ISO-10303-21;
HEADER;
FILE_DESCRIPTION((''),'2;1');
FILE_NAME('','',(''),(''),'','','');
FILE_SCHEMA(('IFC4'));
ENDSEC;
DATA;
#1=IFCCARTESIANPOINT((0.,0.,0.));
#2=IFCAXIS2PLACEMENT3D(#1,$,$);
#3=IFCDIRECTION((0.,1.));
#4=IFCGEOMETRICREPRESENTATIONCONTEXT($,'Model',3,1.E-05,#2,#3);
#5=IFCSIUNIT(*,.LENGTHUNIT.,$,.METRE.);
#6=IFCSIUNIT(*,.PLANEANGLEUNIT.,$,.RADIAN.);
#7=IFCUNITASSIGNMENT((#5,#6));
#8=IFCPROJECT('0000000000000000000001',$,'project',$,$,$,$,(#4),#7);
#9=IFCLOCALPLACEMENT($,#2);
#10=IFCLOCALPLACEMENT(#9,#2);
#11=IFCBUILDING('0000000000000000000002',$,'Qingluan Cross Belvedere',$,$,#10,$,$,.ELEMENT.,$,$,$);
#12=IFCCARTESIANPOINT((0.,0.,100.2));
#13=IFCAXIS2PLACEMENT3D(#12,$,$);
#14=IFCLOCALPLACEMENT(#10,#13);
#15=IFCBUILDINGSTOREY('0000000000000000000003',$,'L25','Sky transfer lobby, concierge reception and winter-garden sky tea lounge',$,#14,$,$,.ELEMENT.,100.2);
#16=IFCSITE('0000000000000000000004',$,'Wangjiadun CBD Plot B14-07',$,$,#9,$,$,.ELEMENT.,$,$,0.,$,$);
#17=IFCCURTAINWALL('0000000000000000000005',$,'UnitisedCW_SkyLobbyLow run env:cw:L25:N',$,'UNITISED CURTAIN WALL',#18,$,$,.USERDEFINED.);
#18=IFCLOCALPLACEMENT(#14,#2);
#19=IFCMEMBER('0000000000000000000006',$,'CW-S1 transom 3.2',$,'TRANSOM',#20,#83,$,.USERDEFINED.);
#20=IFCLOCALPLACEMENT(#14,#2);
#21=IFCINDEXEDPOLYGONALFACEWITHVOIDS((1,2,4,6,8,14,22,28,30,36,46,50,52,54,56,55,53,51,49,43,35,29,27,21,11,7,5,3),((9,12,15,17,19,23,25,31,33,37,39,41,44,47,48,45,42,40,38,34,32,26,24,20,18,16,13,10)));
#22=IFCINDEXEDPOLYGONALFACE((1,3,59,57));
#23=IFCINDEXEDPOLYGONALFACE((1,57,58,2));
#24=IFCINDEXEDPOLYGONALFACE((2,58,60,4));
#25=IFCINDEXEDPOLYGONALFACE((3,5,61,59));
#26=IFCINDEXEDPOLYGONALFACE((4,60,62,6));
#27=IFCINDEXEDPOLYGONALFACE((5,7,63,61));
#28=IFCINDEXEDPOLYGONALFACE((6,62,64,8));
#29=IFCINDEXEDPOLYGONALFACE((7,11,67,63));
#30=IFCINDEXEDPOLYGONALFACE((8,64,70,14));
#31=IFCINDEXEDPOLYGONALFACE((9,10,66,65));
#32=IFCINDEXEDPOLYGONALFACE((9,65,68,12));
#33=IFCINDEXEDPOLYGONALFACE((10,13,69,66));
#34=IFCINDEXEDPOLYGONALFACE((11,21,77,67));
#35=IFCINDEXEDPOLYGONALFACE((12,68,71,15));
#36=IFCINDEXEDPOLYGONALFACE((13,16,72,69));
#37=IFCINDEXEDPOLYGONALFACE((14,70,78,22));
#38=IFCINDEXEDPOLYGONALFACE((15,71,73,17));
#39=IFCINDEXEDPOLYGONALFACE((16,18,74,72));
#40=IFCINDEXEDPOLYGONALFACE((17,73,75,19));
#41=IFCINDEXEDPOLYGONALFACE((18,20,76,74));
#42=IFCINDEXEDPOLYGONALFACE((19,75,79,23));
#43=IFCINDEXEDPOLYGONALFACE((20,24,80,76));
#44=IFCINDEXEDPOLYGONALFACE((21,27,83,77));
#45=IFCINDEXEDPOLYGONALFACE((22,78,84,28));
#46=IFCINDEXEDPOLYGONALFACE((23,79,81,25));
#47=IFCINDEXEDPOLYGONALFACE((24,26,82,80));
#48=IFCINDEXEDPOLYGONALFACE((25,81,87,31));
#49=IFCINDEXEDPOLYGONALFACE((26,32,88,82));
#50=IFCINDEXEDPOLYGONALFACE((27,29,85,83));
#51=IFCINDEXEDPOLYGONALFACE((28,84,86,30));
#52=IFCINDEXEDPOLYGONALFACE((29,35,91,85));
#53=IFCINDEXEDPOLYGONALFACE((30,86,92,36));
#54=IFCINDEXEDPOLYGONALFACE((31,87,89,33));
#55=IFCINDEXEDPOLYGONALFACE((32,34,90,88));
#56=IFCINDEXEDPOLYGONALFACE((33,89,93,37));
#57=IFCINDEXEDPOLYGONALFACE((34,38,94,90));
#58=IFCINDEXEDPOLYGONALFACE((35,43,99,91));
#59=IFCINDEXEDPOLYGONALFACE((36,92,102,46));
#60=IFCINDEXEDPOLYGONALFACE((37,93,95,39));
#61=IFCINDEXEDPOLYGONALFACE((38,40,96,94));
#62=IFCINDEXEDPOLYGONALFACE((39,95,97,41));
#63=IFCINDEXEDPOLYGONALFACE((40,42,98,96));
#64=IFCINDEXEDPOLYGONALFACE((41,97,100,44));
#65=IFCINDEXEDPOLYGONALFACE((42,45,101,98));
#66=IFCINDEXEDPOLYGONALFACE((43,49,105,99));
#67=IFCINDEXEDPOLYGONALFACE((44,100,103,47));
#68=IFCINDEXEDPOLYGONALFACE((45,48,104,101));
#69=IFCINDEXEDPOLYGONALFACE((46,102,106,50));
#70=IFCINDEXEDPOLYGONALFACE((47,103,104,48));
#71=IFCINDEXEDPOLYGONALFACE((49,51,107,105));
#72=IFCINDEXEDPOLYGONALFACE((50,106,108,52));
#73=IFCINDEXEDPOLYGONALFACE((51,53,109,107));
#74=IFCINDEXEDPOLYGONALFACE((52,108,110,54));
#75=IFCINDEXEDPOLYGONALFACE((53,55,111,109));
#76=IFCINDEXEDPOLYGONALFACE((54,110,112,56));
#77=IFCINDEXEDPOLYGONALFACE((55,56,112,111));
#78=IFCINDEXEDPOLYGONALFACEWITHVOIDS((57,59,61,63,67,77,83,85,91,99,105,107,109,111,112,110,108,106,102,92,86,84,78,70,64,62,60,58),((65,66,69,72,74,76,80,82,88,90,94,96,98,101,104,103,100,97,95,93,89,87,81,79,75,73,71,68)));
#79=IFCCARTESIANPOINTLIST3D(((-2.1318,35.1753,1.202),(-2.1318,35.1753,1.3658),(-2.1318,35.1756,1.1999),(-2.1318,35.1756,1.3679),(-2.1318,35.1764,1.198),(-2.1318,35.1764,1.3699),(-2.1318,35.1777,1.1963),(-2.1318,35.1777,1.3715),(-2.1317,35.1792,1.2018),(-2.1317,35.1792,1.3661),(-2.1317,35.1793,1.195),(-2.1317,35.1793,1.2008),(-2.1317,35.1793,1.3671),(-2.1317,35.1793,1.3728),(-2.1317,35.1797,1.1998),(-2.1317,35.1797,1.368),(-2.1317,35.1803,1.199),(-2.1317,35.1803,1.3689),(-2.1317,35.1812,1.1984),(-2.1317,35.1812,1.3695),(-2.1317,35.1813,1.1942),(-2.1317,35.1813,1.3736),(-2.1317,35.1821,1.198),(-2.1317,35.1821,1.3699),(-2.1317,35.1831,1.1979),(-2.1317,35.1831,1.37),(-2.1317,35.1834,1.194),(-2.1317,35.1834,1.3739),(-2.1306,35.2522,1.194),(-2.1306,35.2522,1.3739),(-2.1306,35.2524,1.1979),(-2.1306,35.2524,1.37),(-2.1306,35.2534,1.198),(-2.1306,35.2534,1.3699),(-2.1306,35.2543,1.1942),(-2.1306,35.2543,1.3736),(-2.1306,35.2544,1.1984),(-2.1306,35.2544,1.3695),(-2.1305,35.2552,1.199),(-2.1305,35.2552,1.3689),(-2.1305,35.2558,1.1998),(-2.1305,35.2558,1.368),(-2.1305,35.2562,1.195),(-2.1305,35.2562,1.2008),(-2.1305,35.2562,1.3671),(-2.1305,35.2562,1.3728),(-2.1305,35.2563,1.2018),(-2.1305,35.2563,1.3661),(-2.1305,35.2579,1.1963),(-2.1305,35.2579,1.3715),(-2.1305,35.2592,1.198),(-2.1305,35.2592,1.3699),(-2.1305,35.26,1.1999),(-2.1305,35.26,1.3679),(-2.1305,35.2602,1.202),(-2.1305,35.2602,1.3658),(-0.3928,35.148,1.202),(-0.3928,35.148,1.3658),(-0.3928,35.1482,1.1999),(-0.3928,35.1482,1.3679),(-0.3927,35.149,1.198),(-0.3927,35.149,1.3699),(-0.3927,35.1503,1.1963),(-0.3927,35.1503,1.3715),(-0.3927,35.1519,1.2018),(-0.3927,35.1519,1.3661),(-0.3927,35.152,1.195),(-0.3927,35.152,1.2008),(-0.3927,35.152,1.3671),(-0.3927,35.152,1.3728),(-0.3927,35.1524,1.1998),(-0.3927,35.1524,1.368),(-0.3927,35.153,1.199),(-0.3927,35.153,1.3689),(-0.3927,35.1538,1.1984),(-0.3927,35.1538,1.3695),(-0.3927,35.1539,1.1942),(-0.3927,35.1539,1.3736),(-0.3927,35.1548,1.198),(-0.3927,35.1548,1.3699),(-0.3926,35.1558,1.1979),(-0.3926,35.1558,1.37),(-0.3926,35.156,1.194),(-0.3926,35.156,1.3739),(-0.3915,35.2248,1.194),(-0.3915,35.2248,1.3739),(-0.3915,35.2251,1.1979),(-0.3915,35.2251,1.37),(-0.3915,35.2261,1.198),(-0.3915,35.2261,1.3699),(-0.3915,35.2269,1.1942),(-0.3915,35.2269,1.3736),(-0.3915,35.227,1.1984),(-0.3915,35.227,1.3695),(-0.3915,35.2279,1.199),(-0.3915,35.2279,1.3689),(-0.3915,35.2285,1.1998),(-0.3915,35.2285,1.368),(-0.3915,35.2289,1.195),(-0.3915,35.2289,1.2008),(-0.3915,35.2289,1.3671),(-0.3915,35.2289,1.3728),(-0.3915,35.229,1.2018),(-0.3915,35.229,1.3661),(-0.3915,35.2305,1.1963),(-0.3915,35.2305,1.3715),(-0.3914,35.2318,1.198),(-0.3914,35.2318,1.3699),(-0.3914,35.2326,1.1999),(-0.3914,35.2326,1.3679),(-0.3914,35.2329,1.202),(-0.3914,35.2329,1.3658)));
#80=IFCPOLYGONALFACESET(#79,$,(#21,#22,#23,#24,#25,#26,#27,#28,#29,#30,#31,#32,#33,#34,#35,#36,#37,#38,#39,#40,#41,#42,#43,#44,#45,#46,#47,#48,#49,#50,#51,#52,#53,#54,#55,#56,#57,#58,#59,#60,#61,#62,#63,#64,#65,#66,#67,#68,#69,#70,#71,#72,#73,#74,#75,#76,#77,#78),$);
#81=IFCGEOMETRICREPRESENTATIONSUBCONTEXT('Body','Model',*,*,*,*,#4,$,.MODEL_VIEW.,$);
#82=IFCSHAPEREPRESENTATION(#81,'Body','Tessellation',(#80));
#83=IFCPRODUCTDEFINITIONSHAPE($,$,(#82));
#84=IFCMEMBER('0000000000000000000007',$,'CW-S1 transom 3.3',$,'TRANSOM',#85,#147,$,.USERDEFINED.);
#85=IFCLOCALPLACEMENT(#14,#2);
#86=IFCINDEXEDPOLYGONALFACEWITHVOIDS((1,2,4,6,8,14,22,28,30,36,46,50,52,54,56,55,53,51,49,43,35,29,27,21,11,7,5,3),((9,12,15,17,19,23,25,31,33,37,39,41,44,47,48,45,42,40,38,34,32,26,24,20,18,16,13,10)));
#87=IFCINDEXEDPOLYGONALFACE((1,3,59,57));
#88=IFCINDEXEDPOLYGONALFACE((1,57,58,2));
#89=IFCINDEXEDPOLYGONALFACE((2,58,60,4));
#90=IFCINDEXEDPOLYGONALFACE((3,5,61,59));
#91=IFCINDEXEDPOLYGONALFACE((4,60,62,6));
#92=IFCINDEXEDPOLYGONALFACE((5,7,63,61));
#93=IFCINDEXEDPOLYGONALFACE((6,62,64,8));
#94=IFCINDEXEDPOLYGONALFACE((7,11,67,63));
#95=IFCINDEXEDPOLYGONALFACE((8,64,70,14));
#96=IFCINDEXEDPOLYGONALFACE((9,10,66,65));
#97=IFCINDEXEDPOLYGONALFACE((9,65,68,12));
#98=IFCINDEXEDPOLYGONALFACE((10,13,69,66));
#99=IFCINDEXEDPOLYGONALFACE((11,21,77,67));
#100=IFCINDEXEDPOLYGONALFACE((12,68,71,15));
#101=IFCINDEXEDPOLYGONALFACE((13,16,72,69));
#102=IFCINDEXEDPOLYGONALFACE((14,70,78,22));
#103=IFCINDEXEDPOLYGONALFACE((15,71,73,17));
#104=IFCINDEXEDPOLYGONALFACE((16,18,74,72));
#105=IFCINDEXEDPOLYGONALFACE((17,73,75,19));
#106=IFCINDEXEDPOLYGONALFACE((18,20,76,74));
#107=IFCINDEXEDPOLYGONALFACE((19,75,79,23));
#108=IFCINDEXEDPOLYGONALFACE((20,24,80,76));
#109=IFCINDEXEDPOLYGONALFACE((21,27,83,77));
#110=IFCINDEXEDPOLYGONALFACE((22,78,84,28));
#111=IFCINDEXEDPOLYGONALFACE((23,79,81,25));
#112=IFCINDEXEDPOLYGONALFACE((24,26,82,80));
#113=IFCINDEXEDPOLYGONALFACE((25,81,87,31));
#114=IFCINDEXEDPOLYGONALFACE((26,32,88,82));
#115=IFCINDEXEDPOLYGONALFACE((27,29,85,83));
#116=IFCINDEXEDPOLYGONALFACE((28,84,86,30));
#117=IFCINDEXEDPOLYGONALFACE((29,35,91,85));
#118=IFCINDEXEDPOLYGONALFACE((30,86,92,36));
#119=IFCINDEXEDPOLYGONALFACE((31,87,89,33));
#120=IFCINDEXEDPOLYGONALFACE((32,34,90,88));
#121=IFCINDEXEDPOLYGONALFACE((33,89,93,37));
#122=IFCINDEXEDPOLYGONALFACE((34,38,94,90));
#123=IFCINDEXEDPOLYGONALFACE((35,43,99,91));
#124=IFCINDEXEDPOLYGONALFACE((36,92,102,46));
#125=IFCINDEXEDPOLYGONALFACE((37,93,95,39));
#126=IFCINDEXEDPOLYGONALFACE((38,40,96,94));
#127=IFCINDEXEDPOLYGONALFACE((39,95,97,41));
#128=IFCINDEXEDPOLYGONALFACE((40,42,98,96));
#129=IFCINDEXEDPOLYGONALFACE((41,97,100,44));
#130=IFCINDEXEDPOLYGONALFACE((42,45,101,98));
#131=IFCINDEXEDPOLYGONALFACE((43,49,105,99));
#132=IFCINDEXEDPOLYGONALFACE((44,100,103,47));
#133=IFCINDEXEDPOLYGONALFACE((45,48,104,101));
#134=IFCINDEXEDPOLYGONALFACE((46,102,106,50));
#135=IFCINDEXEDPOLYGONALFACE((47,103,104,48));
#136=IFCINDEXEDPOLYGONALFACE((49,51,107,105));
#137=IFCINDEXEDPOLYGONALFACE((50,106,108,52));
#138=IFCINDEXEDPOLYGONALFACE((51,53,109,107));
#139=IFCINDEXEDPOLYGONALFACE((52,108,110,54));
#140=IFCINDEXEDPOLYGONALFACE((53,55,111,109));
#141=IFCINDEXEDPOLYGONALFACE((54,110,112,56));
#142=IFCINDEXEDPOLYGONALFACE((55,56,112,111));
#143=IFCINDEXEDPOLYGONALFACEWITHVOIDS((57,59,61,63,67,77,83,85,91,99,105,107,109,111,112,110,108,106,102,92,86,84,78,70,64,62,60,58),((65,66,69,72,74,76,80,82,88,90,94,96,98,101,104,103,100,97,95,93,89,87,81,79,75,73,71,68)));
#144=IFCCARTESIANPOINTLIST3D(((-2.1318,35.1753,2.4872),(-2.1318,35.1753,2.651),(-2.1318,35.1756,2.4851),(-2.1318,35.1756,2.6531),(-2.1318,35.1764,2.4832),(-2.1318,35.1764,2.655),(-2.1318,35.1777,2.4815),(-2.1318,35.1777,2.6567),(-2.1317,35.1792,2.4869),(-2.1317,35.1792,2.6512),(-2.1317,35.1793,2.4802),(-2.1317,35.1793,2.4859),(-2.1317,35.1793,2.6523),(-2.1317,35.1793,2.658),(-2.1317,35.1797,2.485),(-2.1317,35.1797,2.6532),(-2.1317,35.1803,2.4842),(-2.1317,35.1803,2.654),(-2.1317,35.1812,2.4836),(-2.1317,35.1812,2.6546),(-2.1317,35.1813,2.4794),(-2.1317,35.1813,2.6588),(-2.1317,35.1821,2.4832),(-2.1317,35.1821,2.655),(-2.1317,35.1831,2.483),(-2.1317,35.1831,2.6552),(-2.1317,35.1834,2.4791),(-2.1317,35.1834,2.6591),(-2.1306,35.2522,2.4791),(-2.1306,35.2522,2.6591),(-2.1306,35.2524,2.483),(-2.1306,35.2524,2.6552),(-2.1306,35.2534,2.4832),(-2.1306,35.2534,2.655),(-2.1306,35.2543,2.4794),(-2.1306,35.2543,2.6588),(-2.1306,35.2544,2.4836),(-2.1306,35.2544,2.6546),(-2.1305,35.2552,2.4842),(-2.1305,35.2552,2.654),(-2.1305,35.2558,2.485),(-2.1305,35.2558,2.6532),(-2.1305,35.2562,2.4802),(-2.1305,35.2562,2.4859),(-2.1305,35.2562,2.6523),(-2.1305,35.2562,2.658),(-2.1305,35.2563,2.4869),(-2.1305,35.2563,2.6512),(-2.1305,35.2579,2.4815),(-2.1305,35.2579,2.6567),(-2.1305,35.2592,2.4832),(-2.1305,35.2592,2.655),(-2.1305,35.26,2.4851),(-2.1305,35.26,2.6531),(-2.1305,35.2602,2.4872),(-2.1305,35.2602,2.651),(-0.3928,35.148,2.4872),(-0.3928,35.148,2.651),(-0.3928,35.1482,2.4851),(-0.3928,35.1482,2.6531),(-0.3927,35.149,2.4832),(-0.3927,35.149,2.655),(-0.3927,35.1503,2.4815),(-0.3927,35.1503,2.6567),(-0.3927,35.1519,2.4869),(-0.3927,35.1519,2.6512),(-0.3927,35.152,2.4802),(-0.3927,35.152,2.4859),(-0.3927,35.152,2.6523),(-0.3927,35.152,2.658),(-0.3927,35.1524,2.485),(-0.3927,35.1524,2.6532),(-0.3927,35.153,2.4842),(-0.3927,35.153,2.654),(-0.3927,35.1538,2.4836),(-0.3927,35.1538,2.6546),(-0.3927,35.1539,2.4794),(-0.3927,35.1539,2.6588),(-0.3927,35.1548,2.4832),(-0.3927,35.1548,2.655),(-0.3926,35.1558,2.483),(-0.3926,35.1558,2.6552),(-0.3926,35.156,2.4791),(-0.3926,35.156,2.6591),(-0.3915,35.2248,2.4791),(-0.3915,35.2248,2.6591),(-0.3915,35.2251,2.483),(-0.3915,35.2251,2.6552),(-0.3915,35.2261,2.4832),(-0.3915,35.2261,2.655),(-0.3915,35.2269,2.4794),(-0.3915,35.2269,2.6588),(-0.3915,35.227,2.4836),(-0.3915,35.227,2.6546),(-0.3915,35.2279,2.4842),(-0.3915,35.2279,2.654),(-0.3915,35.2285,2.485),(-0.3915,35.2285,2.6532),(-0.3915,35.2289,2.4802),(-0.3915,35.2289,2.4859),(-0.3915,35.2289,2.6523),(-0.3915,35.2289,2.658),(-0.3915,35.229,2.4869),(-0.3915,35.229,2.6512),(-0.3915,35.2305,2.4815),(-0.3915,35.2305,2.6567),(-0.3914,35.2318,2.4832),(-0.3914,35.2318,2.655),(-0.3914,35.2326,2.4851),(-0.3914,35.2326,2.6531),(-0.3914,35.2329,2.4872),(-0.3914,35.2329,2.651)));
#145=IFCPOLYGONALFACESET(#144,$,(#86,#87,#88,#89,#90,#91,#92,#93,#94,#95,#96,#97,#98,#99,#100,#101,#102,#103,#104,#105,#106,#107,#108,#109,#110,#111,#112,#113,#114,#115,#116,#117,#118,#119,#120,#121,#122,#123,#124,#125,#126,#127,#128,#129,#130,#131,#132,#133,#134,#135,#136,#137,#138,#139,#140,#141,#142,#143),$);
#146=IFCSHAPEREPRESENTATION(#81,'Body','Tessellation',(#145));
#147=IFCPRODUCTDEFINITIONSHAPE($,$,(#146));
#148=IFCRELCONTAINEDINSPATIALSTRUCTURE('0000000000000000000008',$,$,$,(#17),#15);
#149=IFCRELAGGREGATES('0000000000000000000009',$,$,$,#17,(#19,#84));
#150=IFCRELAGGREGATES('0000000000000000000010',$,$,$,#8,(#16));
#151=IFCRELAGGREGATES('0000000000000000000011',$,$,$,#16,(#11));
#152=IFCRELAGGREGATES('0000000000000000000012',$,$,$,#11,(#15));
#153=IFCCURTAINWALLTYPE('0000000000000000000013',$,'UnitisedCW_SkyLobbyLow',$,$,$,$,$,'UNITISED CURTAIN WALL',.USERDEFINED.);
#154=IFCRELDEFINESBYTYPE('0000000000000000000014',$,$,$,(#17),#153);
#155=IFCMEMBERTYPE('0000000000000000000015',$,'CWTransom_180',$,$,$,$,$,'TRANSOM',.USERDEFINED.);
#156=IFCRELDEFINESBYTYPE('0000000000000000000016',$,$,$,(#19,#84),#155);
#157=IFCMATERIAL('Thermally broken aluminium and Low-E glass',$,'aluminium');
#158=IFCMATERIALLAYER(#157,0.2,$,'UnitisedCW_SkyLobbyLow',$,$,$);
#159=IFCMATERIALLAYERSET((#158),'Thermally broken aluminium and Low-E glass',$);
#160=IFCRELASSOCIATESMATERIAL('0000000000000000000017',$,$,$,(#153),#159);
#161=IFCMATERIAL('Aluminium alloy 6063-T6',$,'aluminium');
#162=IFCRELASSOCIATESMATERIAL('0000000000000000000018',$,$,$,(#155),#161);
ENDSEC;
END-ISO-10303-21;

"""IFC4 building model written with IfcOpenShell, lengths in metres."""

from ifc_helpers import new_model, si_unit, direction, frame, origin, origin_2d, place, context, subcontext, project, spatial, hollow_rectangle, extrude, material, layer, layer_set, material_profile, profile_set, type_object, element, aggregate, save


model = new_model("IFC4")

# Units and contexts
model_context = context("Model", 3, precision=1e-05, world=origin(), true_north=direction((0.0, 1.0)))
body_context = subcontext(model_context, "Body", "Model", "MODEL_VIEW")
ifc_project = project(units=[si_unit("LENGTHUNIT", "METRE"), si_unit("PLANEANGLEUNIT", "RADIAN")], contexts=[model_context])

# Site, building, storey
site_placement = place(None, origin())
site = spatial("IfcSite", under=ifc_project, at=site_placement, Name="Wangjiadun CBD Plot B14-07", CompositionType="ELEMENT", RefElevation=0.0)
building_placement = place(site_placement, origin())
building = spatial("IfcBuilding", under=site, at=building_placement, Name="Qingluan Cross Belvedere", CompositionType="ELEMENT")
storey_placement = place(building_placement, frame((0.0, 0.0, 100.2)))
storey = spatial("IfcBuildingStorey", under=building, at=storey_placement, Name="L25", Description="Sky transfer lobby, concierge reception and winter-garden sky tea lounge", CompositionType="ELEMENT", Elevation=100.2)

# Curtain wall, members
ifc_material_1 = material(Name="Thermally broken aluminium and Low-E glass", Category="aluminium")
ifc_layer_1 = layer(ifc_material_1, 0.2, Name="UnitisedCW_SkyLobbyLow")
ifc_layer_set_1 = layer_set([ifc_layer_1], Name="Thermally broken aluminium and Low-E glass")
curtain_wall_type = type_object("IfcCurtainWallType", Name="UnitisedCW_SkyLobbyLow", ElementType="UNITISED CURTAIN WALL", PredefinedType="USERDEFINED", material=ifc_layer_set_1)
curtain_wall_placement = place(storey_placement, origin())
curtain_wall = element("IfcCurtainWall", 1, at=curtain_wall_placement, inside=storey, type_object=curtain_wall_type, Name="UnitisedCW_SkyLobbyLow run env:cw:L25:N", ObjectType="UNITISED CURTAIN WALL", PredefinedType="USERDEFINED")
ifc_material_2 = material(Name="Aluminium alloy 6063-T6", Category="aluminium")
ifc_material_profile_1 = material_profile(ifc_material_2, hollow_rectangle(XDim=0.085, YDim=0.1799, WallThickness=0.0039, InnerFilletRadius=0.0039, OuterFilletRadius=0.0081, at=origin_2d()), Name="CWT180x85x4")
ifc_profile_set_1 = profile_set([ifc_material_profile_1], Name="Aluminium alloy 6063-T6")
member_type_1 = type_object("IfcMemberType", Name="CWTransom_180", ElementType="TRANSOM", PredefinedType="USERDEFINED", material=ifc_profile_set_1)
member_1_placement = place(storey_placement, frame((-0.3921, 35.1904, 1.2839), z_axis=(-0.999876, 0.015722, 0.0), x_axis=(-0.015722, -0.999876, 0.0)))
member_1 = element("IfcMember", 2, at=member_1_placement, type_object=member_type_1, Name="CW-S1 transom 3.2", ObjectType="TRANSOM", PredefinedType="USERDEFINED", context=body_context, shape_type="SweptSolid", body=[
    extrude(hollow_rectangle(XDim=0.085, YDim=0.1799, WallThickness=0.0039, InnerFilletRadius=0.0039, OuterFilletRadius=0.0081, at=origin_2d()), origin(), (0.0, 0.0, 1.0), 1.7393),
])
member_2_placement = place(storey_placement, frame((-0.3921, 35.1904, 2.5691), z_axis=(-0.999876, 0.015722, 0.0), x_axis=(-0.015722, -0.999876, 0.0)))
member_2 = element("IfcMember", 3, at=member_2_placement, type_object=member_type_1, Name="CW-S1 transom 3.3", ObjectType="TRANSOM", PredefinedType="USERDEFINED", context=body_context, shape_type="SweptSolid", body=[
    extrude(hollow_rectangle(XDim=0.085, YDim=0.1799, WallThickness=0.0039, InnerFilletRadius=0.0039, OuterFilletRadius=0.0081, at=origin_2d()), origin(), (0.0, 0.0, 1.0), 1.7393),
])
aggregate(curtain_wall, [member_1, member_2])

save(model, "model.ifc")
